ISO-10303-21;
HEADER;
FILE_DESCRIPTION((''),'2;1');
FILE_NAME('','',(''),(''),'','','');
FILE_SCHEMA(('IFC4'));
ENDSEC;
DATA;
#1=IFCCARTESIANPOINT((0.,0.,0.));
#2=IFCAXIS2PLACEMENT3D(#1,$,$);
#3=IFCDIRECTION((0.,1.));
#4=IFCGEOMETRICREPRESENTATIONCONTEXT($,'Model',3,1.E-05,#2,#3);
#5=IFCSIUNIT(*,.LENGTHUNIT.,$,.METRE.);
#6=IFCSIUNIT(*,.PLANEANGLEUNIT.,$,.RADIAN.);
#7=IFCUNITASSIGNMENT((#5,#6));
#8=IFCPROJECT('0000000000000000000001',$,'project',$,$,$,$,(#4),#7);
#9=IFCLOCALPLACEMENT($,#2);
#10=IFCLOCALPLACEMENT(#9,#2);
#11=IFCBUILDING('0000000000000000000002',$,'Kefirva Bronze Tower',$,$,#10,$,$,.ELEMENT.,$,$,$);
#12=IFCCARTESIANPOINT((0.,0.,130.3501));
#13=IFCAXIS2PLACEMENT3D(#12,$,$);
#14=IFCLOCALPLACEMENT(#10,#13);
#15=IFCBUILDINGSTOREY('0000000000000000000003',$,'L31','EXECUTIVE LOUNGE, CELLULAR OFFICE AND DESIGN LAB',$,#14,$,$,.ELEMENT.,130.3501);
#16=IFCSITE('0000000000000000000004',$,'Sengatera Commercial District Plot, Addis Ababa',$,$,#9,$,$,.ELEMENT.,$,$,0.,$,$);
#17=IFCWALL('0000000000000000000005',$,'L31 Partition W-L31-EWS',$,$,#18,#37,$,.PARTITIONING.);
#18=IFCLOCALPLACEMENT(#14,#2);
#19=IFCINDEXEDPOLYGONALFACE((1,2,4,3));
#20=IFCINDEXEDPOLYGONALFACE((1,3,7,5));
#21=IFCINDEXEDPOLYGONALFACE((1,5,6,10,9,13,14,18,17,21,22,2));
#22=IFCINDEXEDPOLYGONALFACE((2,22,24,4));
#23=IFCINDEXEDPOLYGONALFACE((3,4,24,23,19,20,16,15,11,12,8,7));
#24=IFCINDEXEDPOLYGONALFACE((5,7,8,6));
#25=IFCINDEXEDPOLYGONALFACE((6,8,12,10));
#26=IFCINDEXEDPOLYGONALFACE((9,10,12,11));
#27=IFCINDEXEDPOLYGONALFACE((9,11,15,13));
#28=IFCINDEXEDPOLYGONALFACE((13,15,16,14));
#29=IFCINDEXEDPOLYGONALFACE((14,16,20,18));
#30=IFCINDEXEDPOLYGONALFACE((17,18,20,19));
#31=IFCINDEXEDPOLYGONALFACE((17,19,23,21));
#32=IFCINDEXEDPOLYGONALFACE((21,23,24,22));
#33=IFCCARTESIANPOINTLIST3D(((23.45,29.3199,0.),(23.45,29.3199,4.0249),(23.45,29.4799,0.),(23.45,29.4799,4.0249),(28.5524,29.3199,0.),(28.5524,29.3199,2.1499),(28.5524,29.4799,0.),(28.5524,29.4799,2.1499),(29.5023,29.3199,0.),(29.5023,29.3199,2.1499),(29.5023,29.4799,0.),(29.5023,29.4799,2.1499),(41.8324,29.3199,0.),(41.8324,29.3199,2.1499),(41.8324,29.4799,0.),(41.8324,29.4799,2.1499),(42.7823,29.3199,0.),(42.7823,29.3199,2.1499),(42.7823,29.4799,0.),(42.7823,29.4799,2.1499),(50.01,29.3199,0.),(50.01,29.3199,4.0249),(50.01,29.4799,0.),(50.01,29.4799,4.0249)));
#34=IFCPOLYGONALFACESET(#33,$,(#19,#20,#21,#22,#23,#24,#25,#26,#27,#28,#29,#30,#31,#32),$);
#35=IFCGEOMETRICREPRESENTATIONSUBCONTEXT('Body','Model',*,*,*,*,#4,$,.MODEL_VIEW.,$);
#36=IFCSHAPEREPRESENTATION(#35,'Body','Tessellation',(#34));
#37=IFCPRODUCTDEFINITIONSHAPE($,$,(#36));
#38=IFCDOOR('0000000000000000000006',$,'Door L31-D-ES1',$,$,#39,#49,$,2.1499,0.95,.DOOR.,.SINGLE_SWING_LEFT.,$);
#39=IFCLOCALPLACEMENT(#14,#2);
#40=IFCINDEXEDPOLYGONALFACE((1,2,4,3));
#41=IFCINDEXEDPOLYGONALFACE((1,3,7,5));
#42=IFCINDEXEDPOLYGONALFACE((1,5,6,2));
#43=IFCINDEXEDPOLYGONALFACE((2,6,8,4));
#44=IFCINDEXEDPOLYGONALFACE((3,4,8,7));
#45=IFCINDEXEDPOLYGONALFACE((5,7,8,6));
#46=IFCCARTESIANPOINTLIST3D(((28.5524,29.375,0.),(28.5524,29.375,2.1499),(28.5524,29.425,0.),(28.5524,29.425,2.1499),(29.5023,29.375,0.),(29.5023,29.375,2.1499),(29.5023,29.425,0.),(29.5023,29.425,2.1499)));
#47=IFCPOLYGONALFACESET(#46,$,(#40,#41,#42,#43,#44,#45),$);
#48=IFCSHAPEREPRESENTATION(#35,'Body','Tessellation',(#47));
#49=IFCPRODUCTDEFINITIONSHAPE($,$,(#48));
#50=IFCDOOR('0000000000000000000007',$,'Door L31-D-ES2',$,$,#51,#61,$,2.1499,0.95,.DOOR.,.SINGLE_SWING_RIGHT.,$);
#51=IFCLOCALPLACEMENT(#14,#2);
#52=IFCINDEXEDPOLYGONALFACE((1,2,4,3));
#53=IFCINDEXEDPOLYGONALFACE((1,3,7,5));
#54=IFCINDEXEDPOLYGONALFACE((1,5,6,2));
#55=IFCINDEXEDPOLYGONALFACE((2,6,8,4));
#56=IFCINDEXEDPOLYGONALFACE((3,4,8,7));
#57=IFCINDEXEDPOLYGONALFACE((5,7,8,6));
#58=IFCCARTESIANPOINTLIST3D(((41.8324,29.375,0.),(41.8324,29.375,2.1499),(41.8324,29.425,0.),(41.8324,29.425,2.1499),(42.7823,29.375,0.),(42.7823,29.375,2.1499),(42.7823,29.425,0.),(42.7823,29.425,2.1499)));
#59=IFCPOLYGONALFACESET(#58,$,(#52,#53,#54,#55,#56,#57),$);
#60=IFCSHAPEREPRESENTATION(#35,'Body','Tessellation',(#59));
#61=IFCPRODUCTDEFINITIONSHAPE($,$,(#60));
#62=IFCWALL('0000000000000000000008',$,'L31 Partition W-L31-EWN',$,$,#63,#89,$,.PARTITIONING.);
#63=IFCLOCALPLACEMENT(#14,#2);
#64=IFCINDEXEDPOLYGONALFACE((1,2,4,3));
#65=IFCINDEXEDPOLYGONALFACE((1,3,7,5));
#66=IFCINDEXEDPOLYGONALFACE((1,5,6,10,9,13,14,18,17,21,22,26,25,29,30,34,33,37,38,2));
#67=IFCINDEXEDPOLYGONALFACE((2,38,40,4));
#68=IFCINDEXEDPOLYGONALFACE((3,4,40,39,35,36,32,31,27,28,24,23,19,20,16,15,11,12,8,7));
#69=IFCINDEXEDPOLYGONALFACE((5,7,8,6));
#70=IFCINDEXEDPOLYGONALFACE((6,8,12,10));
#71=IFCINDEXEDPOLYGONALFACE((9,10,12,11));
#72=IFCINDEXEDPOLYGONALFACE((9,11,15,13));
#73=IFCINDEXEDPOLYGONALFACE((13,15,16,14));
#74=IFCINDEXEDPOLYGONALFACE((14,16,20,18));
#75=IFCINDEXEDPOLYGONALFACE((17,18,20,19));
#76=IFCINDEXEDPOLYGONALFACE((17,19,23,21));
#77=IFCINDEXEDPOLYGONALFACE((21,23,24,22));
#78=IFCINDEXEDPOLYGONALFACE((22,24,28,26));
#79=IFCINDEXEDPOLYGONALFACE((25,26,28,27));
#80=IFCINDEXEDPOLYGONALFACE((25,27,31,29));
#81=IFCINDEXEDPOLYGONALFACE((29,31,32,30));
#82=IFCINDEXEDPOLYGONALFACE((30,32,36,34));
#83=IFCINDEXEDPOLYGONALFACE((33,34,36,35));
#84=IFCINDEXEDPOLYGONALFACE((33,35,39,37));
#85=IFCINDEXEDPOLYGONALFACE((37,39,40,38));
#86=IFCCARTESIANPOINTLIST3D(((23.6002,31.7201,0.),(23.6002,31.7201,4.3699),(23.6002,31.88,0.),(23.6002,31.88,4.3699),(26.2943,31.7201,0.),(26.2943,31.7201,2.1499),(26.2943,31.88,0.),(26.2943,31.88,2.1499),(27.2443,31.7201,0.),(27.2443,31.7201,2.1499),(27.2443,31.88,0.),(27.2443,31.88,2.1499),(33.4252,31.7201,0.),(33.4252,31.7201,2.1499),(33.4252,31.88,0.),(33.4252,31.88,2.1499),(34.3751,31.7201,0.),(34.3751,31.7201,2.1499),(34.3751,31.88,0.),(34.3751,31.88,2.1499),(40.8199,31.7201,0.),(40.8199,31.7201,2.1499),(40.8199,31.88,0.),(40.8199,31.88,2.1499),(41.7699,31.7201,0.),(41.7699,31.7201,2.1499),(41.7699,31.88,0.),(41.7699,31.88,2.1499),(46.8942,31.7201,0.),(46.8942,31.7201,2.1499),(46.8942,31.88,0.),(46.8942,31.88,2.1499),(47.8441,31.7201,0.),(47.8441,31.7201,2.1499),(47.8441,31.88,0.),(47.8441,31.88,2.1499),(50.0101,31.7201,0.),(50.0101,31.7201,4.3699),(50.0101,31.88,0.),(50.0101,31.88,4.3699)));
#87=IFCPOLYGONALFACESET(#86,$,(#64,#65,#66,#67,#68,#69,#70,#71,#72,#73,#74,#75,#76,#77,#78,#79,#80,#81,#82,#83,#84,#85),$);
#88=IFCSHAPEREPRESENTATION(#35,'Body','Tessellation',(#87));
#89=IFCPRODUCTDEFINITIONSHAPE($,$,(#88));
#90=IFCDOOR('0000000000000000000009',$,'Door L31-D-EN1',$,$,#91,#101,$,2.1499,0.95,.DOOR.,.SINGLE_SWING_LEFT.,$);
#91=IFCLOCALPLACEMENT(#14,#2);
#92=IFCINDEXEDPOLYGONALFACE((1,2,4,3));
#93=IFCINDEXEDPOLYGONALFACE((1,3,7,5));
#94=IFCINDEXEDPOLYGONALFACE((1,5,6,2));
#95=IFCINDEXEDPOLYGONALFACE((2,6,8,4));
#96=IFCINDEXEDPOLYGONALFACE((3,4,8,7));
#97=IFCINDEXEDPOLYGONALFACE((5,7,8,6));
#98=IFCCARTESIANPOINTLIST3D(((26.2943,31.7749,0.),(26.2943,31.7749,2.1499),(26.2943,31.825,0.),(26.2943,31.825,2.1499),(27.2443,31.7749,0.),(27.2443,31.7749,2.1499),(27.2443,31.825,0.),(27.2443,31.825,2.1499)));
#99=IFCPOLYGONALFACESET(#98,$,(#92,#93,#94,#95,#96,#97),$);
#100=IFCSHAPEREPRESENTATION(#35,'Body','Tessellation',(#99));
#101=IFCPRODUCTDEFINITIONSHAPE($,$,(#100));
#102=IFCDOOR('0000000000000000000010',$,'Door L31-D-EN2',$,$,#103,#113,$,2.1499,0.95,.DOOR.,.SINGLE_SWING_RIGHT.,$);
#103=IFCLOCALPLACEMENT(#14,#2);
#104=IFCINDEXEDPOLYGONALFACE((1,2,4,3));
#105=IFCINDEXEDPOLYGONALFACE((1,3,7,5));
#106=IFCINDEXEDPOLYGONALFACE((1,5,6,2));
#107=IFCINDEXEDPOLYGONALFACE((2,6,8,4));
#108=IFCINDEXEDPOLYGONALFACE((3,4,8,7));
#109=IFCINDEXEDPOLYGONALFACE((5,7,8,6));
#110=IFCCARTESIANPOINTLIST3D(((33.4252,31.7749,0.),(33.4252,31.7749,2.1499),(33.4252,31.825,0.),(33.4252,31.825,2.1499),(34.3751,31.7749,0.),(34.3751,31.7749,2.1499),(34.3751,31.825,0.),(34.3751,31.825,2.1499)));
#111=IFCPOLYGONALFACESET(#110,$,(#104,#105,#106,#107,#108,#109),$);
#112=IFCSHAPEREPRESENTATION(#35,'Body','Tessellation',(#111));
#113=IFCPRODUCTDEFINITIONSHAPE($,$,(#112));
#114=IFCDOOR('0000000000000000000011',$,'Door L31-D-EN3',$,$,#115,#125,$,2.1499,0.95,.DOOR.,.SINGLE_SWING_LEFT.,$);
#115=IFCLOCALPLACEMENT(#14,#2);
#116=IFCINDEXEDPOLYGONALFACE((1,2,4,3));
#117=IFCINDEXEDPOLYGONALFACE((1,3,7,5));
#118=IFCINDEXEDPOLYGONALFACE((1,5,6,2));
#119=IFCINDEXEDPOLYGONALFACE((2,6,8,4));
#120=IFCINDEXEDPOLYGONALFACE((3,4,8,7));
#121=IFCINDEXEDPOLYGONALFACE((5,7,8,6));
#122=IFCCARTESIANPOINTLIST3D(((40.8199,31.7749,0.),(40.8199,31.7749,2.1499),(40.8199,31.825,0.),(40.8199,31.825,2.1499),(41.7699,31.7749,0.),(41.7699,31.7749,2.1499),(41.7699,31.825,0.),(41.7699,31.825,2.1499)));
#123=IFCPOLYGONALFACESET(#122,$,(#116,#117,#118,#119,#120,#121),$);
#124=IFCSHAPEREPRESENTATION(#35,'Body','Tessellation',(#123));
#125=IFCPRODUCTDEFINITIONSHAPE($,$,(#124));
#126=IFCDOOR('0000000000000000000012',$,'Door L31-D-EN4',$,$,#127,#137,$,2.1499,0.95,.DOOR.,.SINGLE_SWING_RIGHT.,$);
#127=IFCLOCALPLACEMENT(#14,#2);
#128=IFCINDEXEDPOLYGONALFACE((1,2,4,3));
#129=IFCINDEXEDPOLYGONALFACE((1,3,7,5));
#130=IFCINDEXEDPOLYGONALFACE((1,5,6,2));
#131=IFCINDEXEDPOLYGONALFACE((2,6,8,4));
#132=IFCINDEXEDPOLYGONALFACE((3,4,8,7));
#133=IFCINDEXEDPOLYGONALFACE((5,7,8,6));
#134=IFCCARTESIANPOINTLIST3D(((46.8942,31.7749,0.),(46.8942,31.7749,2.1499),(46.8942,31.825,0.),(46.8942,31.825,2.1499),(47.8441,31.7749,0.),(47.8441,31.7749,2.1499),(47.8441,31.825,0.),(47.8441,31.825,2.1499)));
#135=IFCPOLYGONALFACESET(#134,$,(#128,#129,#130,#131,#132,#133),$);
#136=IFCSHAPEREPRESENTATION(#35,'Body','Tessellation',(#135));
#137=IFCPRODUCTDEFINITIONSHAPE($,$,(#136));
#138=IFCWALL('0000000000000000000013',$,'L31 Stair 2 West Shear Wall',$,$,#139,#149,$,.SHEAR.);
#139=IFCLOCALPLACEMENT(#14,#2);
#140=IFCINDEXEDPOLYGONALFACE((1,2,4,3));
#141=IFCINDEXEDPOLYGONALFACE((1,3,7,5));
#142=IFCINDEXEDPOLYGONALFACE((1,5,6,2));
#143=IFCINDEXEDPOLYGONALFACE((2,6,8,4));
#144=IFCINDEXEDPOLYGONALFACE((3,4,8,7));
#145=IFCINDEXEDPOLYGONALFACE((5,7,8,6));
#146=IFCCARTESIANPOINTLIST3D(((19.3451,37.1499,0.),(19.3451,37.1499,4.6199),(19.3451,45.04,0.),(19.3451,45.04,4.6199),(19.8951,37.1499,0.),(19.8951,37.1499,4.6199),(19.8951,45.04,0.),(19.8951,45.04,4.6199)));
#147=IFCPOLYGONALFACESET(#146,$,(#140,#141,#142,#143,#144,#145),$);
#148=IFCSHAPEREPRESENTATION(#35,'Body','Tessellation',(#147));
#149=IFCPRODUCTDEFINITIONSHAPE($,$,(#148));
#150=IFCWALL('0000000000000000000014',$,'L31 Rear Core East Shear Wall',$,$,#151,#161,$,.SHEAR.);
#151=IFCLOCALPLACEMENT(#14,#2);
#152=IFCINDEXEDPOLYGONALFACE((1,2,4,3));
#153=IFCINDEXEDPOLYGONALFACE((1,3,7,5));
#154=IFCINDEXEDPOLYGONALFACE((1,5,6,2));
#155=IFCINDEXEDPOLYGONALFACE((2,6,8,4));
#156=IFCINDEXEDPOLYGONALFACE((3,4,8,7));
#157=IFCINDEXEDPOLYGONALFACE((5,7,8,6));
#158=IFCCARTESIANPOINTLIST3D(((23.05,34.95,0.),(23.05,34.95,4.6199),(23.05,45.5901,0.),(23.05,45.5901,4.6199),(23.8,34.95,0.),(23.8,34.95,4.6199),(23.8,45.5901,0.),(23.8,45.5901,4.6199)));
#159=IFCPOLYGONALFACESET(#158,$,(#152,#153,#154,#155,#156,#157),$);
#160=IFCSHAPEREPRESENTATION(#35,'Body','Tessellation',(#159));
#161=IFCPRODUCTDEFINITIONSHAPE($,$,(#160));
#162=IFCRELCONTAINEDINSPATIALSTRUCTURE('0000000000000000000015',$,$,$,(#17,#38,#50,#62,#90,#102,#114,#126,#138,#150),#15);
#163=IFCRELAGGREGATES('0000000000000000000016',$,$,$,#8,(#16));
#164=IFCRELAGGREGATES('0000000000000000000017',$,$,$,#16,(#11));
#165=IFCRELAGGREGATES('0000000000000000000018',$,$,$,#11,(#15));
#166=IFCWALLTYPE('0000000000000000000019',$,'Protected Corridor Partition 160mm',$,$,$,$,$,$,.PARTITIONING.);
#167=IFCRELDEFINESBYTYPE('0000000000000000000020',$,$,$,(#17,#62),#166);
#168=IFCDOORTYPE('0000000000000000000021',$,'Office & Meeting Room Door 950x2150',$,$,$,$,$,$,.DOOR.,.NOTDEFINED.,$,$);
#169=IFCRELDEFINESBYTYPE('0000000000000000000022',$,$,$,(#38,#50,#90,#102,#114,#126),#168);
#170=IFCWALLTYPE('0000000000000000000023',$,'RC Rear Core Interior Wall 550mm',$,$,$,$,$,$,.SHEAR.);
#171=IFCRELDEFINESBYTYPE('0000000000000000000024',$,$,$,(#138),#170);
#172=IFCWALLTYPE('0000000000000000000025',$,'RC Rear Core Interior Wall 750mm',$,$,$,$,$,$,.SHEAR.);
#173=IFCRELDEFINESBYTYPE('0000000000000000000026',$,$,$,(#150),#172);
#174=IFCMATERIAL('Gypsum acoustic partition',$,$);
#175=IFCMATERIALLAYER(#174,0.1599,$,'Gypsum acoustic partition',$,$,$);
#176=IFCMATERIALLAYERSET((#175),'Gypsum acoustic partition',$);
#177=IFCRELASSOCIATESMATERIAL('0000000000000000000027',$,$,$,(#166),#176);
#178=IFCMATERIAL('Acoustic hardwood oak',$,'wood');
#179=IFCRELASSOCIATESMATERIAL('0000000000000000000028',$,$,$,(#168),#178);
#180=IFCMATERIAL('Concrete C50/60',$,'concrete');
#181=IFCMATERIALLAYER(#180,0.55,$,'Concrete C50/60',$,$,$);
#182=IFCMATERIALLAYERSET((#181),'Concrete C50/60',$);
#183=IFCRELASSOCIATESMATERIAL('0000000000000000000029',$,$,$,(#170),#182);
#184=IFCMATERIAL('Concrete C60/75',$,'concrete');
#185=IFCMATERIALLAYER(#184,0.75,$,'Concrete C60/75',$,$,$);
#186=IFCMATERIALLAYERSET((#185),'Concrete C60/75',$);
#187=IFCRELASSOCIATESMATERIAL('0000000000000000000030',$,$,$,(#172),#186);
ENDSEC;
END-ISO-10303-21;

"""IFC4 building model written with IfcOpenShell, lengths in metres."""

from ifc_helpers import new_model, si_unit, direction, frame, frame_2d, origin, place, context, subcontext, project, spatial, rectangle, extrude, material, layer, layer_set, type_object, element, fill, save


model = new_model("IFC4")

# Units and contexts
model_context = context("Model", 3, precision=1e-05, world=origin(), true_north=direction((0.0, 1.0)))
body_context = subcontext(model_context, "Body", "Model", "MODEL_VIEW")
ifc_project = project(units=[si_unit("LENGTHUNIT", "METRE"), si_unit("PLANEANGLEUNIT", "RADIAN")], contexts=[model_context])

# Site, building, storey
site_placement = place(None, origin())
site = spatial("IfcSite", under=ifc_project, at=site_placement, Name="Sengatera Commercial District Plot, Addis Ababa", CompositionType="ELEMENT", RefElevation=0.0)
building_placement = place(site_placement, origin())
building = spatial("IfcBuilding", under=site, at=building_placement, Name="Kefirva Bronze Tower", CompositionType="ELEMENT")
storey_placement = place(building_placement, frame((0.0, 0.0, 130.3501)))
storey = spatial("IfcBuildingStorey", under=building, at=storey_placement, Name="L31", Description="EXECUTIVE LOUNGE, CELLULAR OFFICE AND DESIGN LAB", CompositionType="ELEMENT", Elevation=130.3501)

# Shared definitions
ifc_material_1 = material(Name="Concrete C60/75", Category="concrete")

# Walls, openings, doors
ifc_material_2 = material(Name="Gypsum acoustic partition")
ifc_layer_1 = layer(ifc_material_2, 0.1599, Name="Gypsum acoustic partition")
ifc_layer_set_1 = layer_set([ifc_layer_1], Name="Gypsum acoustic partition")
wall_type_1 = type_object("IfcWallType", Name="Protected Corridor Partition 160mm", PredefinedType="PARTITIONING", material=ifc_layer_set_1)
wall_1_placement = place(storey_placement, frame((23.45, 29.3999, 0.0), z_axis=(0.0, 0.0, 1.0), x_axis=(1.0, 0.0, 0.0)))
wall_1 = element("IfcWall", 1, at=wall_1_placement, inside=storey, type_object=wall_type_1, Name="L31 Partition W-L31-EWS", PredefinedType="PARTITIONING", context=body_context, shape_type="SweptSolid", body=[
    extrude(rectangle(XDim=26.5601, YDim=0.1599, at=frame_2d((13.28, 0.0))), origin(), (0.0, 0.0, 1.0), 4.0249),
])
opening_1_placement = place(wall_1_placement, frame((6.0525, 0.0, 0.0), z_axis=(0.0, 0.0, 1.0), x_axis=(-1.0, 0.0, 0.0)))
opening_1 = element("IfcOpeningElement", 2, at=opening_1_placement, cuts=wall_1, PredefinedType="OPENING", context=body_context, shape_type="SweptSolid", body=[
    extrude(rectangle(XDim=0.95, YDim=2.1499, at=frame_2d((0.4751, 1.075))), frame((0.0, 0.0898, 0.0), z_axis=(0.0, -1.0, 0.0), x_axis=(1.0, 0.0, 0.0)), (0.0, 0.0, 1.0), 0.1799),
])
opening_2_placement = place(wall_1_placement, frame((19.3325, 0.0, 0.0), z_axis=(0.0, 0.0, 1.0), x_axis=(-1.0, 0.0, 0.0)))
opening_2 = element("IfcOpeningElement", 3, at=opening_2_placement, cuts=wall_1, PredefinedType="OPENING", context=body_context, shape_type="SweptSolid", body=[
    extrude(rectangle(XDim=0.95, YDim=2.1499, at=frame_2d((0.4751, 1.075))), frame((0.0, 0.0898, 0.0), z_axis=(0.0, -1.0, 0.0), x_axis=(1.0, 0.0, 0.0)), (0.0, 0.0, 1.0), 0.1799),
])
ifc_material_3 = material(Name="Acoustic hardwood oak", Category="wood")
door_type_1 = type_object("IfcDoorType", Name="Office & Meeting Room Door 950x2150", OperationType="NOTDEFINED", PredefinedType="DOOR", material=ifc_material_3)
door_1_placement = place(opening_1_placement, origin())
door_1 = element("IfcDoor", 4, at=door_1_placement, inside=storey, type_object=door_type_1, Name="Door L31-D-ES1", OperationType="SINGLE_SWING_LEFT", OverallHeight=2.1499, OverallWidth=0.95, PredefinedType="DOOR", context=body_context, shape_type="SweptSolid", body=[
    extrude(rectangle(XDim=0.95, YDim=2.1499, at=frame_2d((0.4751, 1.075))), frame((0.0, 0.0249, 0.0), z_axis=(0.0, -1.0, 0.0), x_axis=(1.0, 0.0, 0.0)), (0.0, 0.0, 1.0), 0.05),
])
fill(opening_1, door_1)
door_2_placement = place(opening_2_placement, origin())
door_2 = element("IfcDoor", 5, at=door_2_placement, inside=storey, type_object=door_type_1, Name="Door L31-D-ES2", OperationType="SINGLE_SWING_RIGHT", OverallHeight=2.1499, OverallWidth=0.95, PredefinedType="DOOR", context=body_context, shape_type="SweptSolid", body=[
    extrude(rectangle(XDim=0.95, YDim=2.1499, at=frame_2d((0.4751, 1.075))), frame((0.0, 0.0249, 0.0), z_axis=(0.0, -1.0, 0.0), x_axis=(1.0, 0.0, 0.0)), (0.0, 0.0, 1.0), 0.05),
])
fill(opening_2, door_2)
wall_2_placement = place(storey_placement, frame((23.6001, 31.8, 0.0), z_axis=(0.0, 0.0, 1.0), x_axis=(1.0, 0.0, 0.0)))
wall_2 = element("IfcWall", 6, at=wall_2_placement, inside=storey, type_object=wall_type_1, Name="L31 Partition W-L31-EWN", PredefinedType="PARTITIONING", context=body_context, shape_type="SweptSolid", body=[
    extrude(rectangle(XDim=26.4099, YDim=0.1599, at=frame_2d((13.2051, 0.0))), origin(), (0.0, 0.0, 1.0), 4.3699),
])
opening_3_placement = place(wall_2_placement, frame((2.6941, 0.0, 0.0)))
opening_3 = element("IfcOpeningElement", 7, at=opening_3_placement, cuts=wall_2, PredefinedType="OPENING", context=body_context, shape_type="SweptSolid", body=[
    extrude(rectangle(XDim=0.95, YDim=2.1499, at=frame_2d((0.4751, 1.075))), frame((0.0, 0.0898, 0.0), z_axis=(0.0, -1.0, 0.0), x_axis=(1.0, 0.0, 0.0)), (0.0, 0.0, 1.0), 0.1799),
])
opening_4_placement = place(wall_2_placement, frame((9.825, 0.0, 0.0)))
opening_4 = element("IfcOpeningElement", 8, at=opening_4_placement, cuts=wall_2, PredefinedType="OPENING", context=body_context, shape_type="SweptSolid", body=[
    extrude(rectangle(XDim=0.95, YDim=2.1499, at=frame_2d((0.4751, 1.075))), frame((0.0, 0.0898, 0.0), z_axis=(0.0, -1.0, 0.0), x_axis=(1.0, 0.0, 0.0)), (0.0, 0.0, 1.0), 0.1799),
])
opening_5_placement = place(wall_2_placement, frame((17.2197, 0.0, 0.0)))
opening_5 = element("IfcOpeningElement", 9, at=opening_5_placement, cuts=wall_2, PredefinedType="OPENING", context=body_context, shape_type="SweptSolid", body=[
    extrude(rectangle(XDim=0.95, YDim=2.1499, at=frame_2d((0.4751, 1.075))), frame((0.0, 0.0898, 0.0), z_axis=(0.0, -1.0, 0.0), x_axis=(1.0, 0.0, 0.0)), (0.0, 0.0, 1.0), 0.1799),
])
opening_6_placement = place(wall_2_placement, frame((23.2939, 0.0, 0.0)))
opening_6 = element("IfcOpeningElement", 10, at=opening_6_placement, cuts=wall_2, PredefinedType="OPENING", context=body_context, shape_type="SweptSolid", body=[
    extrude(rectangle(XDim=0.95, YDim=2.1499, at=frame_2d((0.4751, 1.075))), frame((0.0, 0.0898, 0.0), z_axis=(0.0, -1.0, 0.0), x_axis=(1.0, 0.0, 0.0)), (0.0, 0.0, 1.0), 0.1799),
])
door_3_placement = place(opening_3_placement, origin())
door_3 = element("IfcDoor", 11, at=door_3_placement, inside=storey, type_object=door_type_1, Name="Door L31-D-EN1", OperationType="SINGLE_SWING_LEFT", OverallHeight=2.1499, OverallWidth=0.95, PredefinedType="DOOR", context=body_context, shape_type="SweptSolid", body=[
    extrude(rectangle(XDim=0.95, YDim=2.1499, at=frame_2d((0.4751, 1.075))), frame((0.0, 0.0249, 0.0), z_axis=(0.0, -1.0, 0.0), x_axis=(1.0, 0.0, 0.0)), (0.0, 0.0, 1.0), 0.05),
])
fill(opening_3, door_3)
door_4_placement = place(opening_4_placement, origin())
door_4 = element("IfcDoor", 12, at=door_4_placement, inside=storey, type_object=door_type_1, Name="Door L31-D-EN2", OperationType="SINGLE_SWING_RIGHT", OverallHeight=2.1499, OverallWidth=0.95, PredefinedType="DOOR", context=body_context, shape_type="SweptSolid", body=[
    extrude(rectangle(XDim=0.95, YDim=2.1499, at=frame_2d((0.4751, 1.075))), frame((0.0, 0.0249, 0.0), z_axis=(0.0, -1.0, 0.0), x_axis=(1.0, 0.0, 0.0)), (0.0, 0.0, 1.0), 0.05),
])
fill(opening_4, door_4)
door_5_placement = place(opening_5_placement, origin())
door_5 = element("IfcDoor", 13, at=door_5_placement, inside=storey, type_object=door_type_1, Name="Door L31-D-EN3", OperationType="SINGLE_SWING_LEFT", OverallHeight=2.1499, OverallWidth=0.95, PredefinedType="DOOR", context=body_context, shape_type="SweptSolid", body=[
    extrude(rectangle(XDim=0.95, YDim=2.1499, at=frame_2d((0.4751, 1.075))), frame((0.0, 0.0249, 0.0), z_axis=(0.0, -1.0, 0.0), x_axis=(1.0, 0.0, 0.0)), (0.0, 0.0, 1.0), 0.05),
])
fill(opening_5, door_5)
door_6_placement = place(opening_6_placement, origin())
door_6 = element("IfcDoor", 14, at=door_6_placement, inside=storey, type_object=door_type_1, Name="Door L31-D-EN4", OperationType="SINGLE_SWING_RIGHT", OverallHeight=2.1499, OverallWidth=0.95, PredefinedType="DOOR", context=body_context, shape_type="SweptSolid", body=[
    extrude(rectangle(XDim=0.95, YDim=2.1499, at=frame_2d((0.4751, 1.075))), frame((0.0, 0.0249, 0.0), z_axis=(0.0, -1.0, 0.0), x_axis=(1.0, 0.0, 0.0)), (0.0, 0.0, 1.0), 0.05),
])
fill(opening_6, door_6)

# Walls
ifc_material_4 = material(Name="Concrete C50/60", Category="concrete")
ifc_layer_2 = layer(ifc_material_4, 0.55, Name="Concrete C50/60")
ifc_layer_set_2 = layer_set([ifc_layer_2], Name="Concrete C50/60")
wall_type_2 = type_object("IfcWallType", Name="RC Rear Core Interior Wall 550mm", PredefinedType="SHEAR", material=ifc_layer_set_2)
wall_3_placement = place(storey_placement, frame((19.6201, 37.1499, 0.0), z_axis=(0.0, 0.0, 1.0), x_axis=(0.0, 1.0, 0.0)))
element("IfcWall", 15, at=wall_3_placement, inside=storey, type_object=wall_type_2, Name="L31 Stair 2 West Shear Wall", PredefinedType="SHEAR", context=body_context, shape_type="SweptSolid", body=[
    extrude(rectangle(XDim=7.8901, YDim=0.55, at=frame_2d((3.9451, 0.0))), origin(), (0.0, 0.0, 1.0), 4.6199),
])
ifc_layer_3 = layer(ifc_material_1, 0.75, Name="Concrete C60/75")
ifc_layer_set_3 = layer_set([ifc_layer_3], Name="Concrete C60/75")
wall_type_3 = type_object("IfcWallType", Name="RC Rear Core Interior Wall 750mm", PredefinedType="SHEAR", material=ifc_layer_set_3)
wall_4_placement = place(storey_placement, frame((23.425, 34.95, 0.0), z_axis=(0.0, 0.0, 1.0), x_axis=(0.0, 1.0, 0.0)))
element("IfcWall", 16, at=wall_4_placement, inside=storey, type_object=wall_type_3, Name="L31 Rear Core East Shear Wall", PredefinedType="SHEAR", context=body_context, shape_type="SweptSolid", body=[
    extrude(rectangle(XDim=10.6401, YDim=0.75, at=frame_2d((5.3201, 0.0))), origin(), (0.0, 0.0, 1.0), 4.6199),
])

save(model, "model.ifc")
